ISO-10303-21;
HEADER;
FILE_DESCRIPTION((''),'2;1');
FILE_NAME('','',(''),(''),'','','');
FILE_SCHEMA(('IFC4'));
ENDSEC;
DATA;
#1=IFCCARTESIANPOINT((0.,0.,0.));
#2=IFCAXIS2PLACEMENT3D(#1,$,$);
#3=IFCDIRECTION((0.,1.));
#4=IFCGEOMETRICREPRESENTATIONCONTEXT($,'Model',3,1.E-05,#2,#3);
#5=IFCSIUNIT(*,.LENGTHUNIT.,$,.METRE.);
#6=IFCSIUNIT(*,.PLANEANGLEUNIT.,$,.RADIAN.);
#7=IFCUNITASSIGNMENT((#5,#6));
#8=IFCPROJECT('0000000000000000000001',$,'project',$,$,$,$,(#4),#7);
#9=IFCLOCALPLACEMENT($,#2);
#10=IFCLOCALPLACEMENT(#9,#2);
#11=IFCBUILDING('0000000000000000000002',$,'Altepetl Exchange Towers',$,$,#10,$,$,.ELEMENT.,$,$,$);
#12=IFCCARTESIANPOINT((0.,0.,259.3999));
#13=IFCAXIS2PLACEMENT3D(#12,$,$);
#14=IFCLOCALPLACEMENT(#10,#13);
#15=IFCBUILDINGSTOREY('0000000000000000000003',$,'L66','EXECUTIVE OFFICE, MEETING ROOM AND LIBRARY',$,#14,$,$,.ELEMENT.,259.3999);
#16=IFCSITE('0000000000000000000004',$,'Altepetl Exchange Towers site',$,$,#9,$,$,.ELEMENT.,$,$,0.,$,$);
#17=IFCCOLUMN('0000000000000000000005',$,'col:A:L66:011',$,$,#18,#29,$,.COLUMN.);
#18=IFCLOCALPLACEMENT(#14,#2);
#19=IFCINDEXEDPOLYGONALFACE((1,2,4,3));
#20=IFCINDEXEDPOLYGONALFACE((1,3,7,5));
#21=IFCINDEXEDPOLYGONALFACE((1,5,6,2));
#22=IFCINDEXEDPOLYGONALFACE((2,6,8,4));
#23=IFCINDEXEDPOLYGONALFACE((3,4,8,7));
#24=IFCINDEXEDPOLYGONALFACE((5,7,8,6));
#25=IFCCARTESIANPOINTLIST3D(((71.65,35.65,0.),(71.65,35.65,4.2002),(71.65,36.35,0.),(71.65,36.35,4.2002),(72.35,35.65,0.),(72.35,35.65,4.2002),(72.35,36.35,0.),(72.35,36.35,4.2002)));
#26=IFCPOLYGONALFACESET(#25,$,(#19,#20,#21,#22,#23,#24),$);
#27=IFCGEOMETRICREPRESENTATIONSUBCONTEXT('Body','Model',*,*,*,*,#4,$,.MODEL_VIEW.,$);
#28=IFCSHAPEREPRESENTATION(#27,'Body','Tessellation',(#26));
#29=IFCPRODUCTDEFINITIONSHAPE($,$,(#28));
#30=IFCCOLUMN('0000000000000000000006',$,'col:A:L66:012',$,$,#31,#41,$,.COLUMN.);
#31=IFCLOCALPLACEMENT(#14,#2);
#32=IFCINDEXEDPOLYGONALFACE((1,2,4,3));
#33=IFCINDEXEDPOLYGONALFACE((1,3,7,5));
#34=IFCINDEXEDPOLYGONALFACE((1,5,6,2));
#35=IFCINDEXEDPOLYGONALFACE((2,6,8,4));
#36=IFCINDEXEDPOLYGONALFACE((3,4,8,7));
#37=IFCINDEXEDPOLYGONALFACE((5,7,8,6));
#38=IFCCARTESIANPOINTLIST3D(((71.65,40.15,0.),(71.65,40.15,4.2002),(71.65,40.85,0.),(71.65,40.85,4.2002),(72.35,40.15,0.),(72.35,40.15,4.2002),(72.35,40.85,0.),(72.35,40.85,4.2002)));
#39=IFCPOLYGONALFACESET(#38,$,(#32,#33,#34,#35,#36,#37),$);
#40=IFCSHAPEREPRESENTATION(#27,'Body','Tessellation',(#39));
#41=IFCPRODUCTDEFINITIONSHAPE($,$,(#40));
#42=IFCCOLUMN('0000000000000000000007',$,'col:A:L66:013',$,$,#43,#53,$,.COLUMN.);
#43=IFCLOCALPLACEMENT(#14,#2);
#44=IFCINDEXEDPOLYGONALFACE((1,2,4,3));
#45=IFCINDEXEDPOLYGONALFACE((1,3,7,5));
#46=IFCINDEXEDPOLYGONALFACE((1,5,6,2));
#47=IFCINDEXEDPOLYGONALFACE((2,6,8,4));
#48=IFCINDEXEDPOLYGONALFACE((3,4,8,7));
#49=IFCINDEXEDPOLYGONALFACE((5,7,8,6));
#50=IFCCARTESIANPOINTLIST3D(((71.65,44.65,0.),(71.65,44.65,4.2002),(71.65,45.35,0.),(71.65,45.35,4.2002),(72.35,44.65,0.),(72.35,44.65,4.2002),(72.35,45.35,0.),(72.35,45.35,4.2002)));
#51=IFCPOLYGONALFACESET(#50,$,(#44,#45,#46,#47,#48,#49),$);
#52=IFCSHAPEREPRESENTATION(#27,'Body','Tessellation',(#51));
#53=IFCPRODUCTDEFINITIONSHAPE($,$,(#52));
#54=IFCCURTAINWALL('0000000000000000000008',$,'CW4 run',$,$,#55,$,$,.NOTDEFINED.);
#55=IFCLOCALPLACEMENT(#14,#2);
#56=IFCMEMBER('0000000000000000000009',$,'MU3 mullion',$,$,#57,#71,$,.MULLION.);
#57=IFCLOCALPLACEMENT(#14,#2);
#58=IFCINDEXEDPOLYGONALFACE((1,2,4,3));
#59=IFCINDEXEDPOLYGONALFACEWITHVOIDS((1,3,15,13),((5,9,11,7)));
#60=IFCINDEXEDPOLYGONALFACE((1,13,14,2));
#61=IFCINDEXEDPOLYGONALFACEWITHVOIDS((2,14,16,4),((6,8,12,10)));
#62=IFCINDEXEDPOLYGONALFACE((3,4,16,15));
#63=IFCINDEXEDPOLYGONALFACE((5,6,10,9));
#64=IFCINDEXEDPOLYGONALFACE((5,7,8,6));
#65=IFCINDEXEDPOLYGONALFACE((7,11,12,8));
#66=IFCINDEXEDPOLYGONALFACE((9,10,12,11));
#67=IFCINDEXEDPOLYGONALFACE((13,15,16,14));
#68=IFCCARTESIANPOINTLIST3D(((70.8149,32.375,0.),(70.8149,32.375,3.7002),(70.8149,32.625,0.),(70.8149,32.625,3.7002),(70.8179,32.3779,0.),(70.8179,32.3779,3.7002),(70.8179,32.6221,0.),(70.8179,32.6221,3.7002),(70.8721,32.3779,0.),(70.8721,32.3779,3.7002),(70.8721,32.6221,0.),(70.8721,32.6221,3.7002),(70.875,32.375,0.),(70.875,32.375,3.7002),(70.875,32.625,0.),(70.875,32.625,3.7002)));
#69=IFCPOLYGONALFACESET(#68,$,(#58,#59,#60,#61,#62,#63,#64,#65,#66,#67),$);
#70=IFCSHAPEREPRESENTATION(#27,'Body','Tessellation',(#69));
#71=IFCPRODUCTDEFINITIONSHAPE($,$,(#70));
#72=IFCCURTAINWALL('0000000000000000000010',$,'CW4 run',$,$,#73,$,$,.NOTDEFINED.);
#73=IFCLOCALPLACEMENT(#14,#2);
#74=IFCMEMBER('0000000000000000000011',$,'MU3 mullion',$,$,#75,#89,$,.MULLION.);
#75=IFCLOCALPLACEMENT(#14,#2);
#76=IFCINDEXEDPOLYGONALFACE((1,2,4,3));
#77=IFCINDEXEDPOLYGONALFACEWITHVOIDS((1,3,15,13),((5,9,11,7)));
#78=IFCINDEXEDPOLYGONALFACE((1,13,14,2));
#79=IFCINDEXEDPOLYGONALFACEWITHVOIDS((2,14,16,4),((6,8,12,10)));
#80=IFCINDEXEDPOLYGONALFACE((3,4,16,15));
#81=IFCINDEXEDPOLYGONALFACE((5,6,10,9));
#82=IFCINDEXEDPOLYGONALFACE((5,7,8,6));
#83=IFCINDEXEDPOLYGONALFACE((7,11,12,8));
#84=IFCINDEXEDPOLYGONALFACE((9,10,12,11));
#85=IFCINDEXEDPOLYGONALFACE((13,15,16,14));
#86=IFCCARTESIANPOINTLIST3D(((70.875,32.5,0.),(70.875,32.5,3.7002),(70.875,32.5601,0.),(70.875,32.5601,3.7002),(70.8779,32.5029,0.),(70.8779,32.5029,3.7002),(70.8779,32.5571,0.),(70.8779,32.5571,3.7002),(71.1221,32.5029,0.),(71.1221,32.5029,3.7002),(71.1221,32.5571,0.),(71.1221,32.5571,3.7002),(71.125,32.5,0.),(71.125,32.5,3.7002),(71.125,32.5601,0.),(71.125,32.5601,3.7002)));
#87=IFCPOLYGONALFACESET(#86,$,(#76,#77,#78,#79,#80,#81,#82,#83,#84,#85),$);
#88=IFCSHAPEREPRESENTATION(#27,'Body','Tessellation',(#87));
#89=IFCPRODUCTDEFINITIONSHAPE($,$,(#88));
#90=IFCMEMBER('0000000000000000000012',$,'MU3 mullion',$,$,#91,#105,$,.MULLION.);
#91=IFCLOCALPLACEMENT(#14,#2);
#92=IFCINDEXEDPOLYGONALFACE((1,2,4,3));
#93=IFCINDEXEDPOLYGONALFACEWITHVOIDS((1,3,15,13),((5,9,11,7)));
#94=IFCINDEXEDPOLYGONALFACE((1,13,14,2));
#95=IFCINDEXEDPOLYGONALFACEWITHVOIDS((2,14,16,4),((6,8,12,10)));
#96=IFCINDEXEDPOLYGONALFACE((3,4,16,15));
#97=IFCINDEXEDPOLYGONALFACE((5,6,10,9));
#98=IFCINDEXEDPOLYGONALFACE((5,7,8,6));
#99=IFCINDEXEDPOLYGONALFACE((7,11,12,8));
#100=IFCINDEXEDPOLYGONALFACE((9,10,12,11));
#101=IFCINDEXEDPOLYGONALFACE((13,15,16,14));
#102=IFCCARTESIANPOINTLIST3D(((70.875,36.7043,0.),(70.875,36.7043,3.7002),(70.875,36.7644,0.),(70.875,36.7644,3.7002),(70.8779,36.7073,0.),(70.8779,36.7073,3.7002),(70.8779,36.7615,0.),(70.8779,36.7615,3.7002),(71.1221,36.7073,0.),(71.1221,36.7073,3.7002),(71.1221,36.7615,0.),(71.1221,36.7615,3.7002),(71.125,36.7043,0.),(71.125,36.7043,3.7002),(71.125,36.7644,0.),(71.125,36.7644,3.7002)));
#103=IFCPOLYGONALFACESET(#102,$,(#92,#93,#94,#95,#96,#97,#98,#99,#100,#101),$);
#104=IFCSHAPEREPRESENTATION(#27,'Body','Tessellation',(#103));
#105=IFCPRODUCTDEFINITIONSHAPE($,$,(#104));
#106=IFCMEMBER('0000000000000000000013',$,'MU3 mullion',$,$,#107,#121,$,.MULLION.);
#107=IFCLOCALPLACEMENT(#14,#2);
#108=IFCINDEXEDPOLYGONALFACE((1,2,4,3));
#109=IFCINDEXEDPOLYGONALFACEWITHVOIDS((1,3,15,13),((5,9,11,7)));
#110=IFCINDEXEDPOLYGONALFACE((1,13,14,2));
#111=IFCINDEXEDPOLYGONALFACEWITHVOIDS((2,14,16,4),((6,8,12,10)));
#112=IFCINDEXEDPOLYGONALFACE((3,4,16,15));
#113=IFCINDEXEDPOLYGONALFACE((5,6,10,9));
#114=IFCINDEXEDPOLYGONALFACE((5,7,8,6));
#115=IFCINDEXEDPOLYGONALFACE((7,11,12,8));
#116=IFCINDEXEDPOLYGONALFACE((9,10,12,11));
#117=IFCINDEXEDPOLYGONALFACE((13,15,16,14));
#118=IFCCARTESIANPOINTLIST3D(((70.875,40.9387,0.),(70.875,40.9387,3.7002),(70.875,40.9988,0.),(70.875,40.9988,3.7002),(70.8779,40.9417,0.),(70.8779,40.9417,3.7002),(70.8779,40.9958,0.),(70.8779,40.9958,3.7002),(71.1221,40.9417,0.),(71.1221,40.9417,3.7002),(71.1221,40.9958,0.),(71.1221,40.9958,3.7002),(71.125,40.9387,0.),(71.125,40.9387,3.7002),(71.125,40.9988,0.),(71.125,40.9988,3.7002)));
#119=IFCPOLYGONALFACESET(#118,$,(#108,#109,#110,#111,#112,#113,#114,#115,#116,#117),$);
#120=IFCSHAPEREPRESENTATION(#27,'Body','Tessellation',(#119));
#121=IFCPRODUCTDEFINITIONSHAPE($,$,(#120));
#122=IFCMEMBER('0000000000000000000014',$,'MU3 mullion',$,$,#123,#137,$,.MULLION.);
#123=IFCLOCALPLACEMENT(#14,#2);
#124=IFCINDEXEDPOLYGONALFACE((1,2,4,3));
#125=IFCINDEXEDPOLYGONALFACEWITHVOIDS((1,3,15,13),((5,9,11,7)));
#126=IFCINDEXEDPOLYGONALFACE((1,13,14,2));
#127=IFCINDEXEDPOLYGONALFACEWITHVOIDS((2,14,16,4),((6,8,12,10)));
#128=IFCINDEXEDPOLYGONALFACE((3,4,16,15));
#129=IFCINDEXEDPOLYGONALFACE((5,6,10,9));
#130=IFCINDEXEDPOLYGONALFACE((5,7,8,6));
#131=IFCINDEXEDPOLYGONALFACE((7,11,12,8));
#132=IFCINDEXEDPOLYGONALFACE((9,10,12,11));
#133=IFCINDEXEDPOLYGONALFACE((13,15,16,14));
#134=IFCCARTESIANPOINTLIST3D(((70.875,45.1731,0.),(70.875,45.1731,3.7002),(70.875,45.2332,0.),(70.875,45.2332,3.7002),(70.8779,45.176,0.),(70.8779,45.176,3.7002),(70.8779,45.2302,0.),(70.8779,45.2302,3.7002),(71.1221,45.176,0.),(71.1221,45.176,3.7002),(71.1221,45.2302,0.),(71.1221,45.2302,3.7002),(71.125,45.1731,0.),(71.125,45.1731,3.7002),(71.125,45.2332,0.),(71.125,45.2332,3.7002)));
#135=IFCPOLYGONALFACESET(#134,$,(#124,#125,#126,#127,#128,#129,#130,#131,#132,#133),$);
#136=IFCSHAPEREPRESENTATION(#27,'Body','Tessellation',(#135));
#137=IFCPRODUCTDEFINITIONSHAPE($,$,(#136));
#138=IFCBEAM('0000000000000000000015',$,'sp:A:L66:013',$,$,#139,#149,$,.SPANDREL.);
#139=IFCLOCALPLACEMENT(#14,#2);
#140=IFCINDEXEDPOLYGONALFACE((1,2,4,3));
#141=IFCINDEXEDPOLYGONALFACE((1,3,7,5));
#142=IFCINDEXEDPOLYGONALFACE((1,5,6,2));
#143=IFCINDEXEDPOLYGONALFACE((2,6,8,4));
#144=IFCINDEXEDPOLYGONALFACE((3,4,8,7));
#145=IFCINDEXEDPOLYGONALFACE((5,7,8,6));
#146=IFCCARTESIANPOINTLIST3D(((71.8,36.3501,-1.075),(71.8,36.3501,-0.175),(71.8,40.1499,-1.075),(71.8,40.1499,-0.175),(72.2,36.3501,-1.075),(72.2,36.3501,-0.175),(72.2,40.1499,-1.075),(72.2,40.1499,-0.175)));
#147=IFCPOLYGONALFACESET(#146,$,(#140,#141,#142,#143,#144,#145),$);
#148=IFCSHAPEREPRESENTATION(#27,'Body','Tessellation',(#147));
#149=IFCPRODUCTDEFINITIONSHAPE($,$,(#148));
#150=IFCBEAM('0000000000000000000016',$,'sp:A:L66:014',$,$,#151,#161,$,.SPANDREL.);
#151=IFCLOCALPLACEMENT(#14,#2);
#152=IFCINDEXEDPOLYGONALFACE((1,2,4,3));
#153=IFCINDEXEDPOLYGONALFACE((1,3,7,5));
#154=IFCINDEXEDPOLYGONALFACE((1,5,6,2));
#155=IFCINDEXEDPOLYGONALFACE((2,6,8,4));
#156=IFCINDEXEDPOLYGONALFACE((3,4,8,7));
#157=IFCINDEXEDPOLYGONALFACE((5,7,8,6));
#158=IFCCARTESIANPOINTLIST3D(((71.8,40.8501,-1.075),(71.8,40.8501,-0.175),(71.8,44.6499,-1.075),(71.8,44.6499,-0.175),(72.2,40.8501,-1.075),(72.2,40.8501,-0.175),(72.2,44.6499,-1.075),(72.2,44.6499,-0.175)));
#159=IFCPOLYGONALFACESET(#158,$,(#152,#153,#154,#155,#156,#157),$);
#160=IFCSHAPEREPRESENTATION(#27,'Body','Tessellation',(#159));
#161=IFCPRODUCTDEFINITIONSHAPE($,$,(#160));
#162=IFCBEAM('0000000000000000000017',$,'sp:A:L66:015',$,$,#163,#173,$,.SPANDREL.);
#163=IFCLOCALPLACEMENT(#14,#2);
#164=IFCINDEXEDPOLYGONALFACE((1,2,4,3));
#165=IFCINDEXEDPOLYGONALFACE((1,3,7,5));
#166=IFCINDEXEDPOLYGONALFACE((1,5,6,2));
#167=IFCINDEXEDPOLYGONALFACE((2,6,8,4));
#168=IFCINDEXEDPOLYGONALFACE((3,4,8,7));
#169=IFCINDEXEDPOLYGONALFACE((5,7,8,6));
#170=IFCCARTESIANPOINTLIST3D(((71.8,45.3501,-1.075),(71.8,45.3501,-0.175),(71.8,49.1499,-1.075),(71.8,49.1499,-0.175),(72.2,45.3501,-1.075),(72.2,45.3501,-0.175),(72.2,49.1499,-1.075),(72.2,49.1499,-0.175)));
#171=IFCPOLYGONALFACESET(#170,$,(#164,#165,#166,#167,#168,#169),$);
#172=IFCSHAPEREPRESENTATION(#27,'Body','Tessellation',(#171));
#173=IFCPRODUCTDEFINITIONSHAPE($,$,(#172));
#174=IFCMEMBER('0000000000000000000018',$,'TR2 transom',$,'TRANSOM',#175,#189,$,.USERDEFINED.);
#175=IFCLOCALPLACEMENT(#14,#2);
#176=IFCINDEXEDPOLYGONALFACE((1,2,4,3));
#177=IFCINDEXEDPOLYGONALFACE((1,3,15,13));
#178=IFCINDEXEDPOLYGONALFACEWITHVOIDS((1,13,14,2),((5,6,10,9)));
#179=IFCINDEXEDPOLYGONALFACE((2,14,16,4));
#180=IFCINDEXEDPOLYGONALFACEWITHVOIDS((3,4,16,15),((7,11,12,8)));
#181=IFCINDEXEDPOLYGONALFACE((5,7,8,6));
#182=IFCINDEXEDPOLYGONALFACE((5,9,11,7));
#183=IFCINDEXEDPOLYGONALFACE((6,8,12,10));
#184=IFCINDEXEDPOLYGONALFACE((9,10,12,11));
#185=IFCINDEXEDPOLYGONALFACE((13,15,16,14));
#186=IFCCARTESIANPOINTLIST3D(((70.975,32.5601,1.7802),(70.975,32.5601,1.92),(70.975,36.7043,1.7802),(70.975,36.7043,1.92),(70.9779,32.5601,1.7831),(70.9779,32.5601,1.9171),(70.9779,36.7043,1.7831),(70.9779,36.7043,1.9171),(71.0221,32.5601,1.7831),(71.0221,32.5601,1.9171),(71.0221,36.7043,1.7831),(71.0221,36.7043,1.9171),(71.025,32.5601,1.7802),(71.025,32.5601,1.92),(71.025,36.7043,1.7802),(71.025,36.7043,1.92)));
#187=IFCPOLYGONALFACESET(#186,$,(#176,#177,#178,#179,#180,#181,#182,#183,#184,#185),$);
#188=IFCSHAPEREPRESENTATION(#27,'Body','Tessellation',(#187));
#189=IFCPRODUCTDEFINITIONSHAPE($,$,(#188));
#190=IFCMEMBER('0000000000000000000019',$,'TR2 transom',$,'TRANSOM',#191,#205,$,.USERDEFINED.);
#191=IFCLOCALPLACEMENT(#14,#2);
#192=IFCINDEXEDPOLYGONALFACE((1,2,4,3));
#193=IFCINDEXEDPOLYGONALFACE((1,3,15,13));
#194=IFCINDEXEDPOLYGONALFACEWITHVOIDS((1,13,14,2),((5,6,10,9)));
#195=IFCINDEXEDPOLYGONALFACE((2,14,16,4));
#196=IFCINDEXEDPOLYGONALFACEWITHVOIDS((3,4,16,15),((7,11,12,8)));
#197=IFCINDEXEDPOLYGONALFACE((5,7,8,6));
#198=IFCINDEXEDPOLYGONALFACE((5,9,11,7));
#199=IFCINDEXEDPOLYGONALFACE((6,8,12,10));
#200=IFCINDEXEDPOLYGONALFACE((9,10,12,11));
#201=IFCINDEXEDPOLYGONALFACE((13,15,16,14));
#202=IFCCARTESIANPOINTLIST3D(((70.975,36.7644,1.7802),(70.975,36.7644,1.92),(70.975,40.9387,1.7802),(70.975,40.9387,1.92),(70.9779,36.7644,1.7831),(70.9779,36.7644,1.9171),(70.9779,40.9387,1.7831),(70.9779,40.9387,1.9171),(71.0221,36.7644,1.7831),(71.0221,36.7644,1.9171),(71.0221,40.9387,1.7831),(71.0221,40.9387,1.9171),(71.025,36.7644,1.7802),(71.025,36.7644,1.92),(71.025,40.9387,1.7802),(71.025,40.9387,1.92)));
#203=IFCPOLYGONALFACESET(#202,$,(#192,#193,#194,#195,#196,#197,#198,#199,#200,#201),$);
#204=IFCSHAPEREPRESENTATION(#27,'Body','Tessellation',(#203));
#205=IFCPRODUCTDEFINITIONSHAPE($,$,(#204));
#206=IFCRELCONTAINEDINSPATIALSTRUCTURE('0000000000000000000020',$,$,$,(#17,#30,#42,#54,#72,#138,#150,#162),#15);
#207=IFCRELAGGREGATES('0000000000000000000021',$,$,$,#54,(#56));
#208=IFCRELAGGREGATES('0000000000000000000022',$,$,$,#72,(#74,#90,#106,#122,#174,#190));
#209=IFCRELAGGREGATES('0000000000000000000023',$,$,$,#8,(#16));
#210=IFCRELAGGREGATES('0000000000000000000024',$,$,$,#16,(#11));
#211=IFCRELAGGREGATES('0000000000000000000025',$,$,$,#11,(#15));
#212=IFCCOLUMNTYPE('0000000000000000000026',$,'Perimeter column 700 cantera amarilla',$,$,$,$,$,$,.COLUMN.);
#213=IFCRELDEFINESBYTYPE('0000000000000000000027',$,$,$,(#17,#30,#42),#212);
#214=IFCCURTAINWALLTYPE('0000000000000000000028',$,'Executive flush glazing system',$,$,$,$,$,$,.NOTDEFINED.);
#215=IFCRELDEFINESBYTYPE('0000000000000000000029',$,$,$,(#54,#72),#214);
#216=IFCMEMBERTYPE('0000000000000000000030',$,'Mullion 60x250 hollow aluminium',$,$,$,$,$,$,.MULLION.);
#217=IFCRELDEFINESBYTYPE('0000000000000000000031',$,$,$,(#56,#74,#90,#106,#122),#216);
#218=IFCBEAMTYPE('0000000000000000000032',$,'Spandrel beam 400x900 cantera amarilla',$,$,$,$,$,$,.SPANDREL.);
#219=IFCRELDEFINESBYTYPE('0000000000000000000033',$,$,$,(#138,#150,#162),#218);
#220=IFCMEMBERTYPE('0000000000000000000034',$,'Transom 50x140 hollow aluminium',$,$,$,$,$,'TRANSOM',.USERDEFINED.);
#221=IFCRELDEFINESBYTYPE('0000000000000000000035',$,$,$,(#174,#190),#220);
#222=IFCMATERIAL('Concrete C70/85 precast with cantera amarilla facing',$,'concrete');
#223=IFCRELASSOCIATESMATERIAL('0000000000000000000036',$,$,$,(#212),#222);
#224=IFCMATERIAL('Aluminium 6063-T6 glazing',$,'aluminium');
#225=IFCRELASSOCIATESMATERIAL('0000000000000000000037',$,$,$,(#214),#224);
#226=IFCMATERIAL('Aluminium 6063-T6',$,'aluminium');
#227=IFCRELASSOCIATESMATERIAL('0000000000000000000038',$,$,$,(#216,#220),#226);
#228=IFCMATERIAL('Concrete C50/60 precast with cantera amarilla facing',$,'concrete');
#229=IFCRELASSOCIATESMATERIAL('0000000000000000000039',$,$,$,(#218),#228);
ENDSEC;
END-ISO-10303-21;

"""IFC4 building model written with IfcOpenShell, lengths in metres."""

from ifc_helpers import new_model, si_unit, direction, frame, origin, origin_2d, place, context, subcontext, project, spatial, rectangle, hollow_rectangle, extrude, material, material_profile, profile_set, type_object, element, aggregate, save


model = new_model("IFC4")

# Units and contexts
model_context = context("Model", 3, precision=1e-05, world=origin(), true_north=direction((0.0, 1.0)))
body_context = subcontext(model_context, "Body", "Model", "MODEL_VIEW")
ifc_project = project(units=[si_unit("LENGTHUNIT", "METRE"), si_unit("PLANEANGLEUNIT", "RADIAN")], contexts=[model_context])

# Site, building, storey
site_placement = place(None, origin())
site = spatial("IfcSite", under=ifc_project, at=site_placement, Name="Altepetl Exchange Towers site", CompositionType="ELEMENT", RefElevation=0.0)
building_placement = place(site_placement, origin())
building = spatial("IfcBuilding", under=site, at=building_placement, Name="Altepetl Exchange Towers", CompositionType="ELEMENT")
storey_placement = place(building_placement, frame((0.0, 0.0, 259.3999)))
storey = spatial("IfcBuildingStorey", under=building, at=storey_placement, Name="L66", Description="EXECUTIVE OFFICE, MEETING ROOM AND LIBRARY", CompositionType="ELEMENT", Elevation=259.3999)

# Columns
ifc_material_1 = material(Name="Concrete C70/85 precast with cantera amarilla facing", Category="concrete")
ifc_material_profile_1 = material_profile(ifc_material_1, rectangle(XDim=0.7, YDim=0.7, at=origin_2d()), Name="700 x 700")
ifc_profile_set_1 = profile_set([ifc_material_profile_1], Name="Concrete C70/85 precast with cantera amarilla facing")
column_type = type_object("IfcColumnType", Name="Perimeter column 700 cantera amarilla", PredefinedType="COLUMN", material=ifc_profile_set_1)
for number, where, name in (
    (1, (72.0, 36.0, 0.0), "col:A:L66:011"),
    (2, (72.0, 40.5, 0.0), "col:A:L66:012"),
    (3, (72.0, 45.0, 0.0), "col:A:L66:013"),
):
    element("IfcColumn", number, at=place(storey_placement, frame(where)), inside=storey, type_object=column_type, Name=name, PredefinedType="COLUMN", context=body_context, shape_type="SweptSolid", body=[
        extrude(rectangle(XDim=0.7, YDim=0.7, at=origin_2d()), origin(), (0.0, 0.0, 1.0), 4.2002),
    ])

# Curtain wall, member
ifc_material_2 = material(Name="Aluminium 6063-T6 glazing", Category="aluminium")
curtain_wall_type = type_object("IfcCurtainWallType", Name="Executive flush glazing system", PredefinedType="NOTDEFINED", material=ifc_material_2)
curtain_wall_1_placement = place(storey_placement, origin())
curtain_wall_1 = element("IfcCurtainWall", 4, at=curtain_wall_1_placement, inside=storey, type_object=curtain_wall_type, Name="CW4 run", PredefinedType="NOTDEFINED")
ifc_material_3 = material(Name="Aluminium 6063-T6", Category="aluminium")
ifc_material_profile_2 = material_profile(ifc_material_3, hollow_rectangle(XDim=0.0601, YDim=0.25, WallThickness=0.0029, at=origin_2d()), Name="Mullion 60x250 hollow aluminium")
ifc_profile_set_2 = profile_set([ifc_material_profile_2], Name="Aluminium 6063-T6")
member_type_1 = type_object("IfcMemberType", Name="Mullion 60x250 hollow aluminium", PredefinedType="MULLION", material=ifc_profile_set_2)
member_1_placement = place(storey_placement, frame((70.845, 32.5, 0.0)))
member_1 = element("IfcMember", 5, at=member_1_placement, type_object=member_type_1, Name="MU3 mullion", PredefinedType="MULLION", context=body_context, shape_type="SweptSolid", body=[
    extrude(hollow_rectangle(XDim=0.0601, YDim=0.25, WallThickness=0.0029, at=origin_2d()), origin(), (0.0, 0.0, 1.0), 3.7002),
])

# Curtain wall, members
curtain_wall_2_placement = place(storey_placement, origin())
curtain_wall_2 = element("IfcCurtainWall", 6, at=curtain_wall_2_placement, inside=storey, type_object=curtain_wall_type, Name="CW4 run", PredefinedType="NOTDEFINED")
member_2_placement = place(storey_placement, frame((71.0, 32.53, 0.0), z_axis=(0.0, 0.0, 1.0), x_axis=(0.0, 1.0, 0.0)))
member_2 = element("IfcMember", 7, at=member_2_placement, type_object=member_type_1, Name="MU3 mullion", PredefinedType="MULLION", context=body_context, shape_type="SweptSolid", body=[
    extrude(hollow_rectangle(XDim=0.0601, YDim=0.25, WallThickness=0.0029, at=origin_2d()), origin(), (0.0, 0.0, 1.0), 3.7002),
])
member_3_placement = place(storey_placement, frame((71.0, 36.7344, 0.0), z_axis=(0.0, 0.0, 1.0), x_axis=(0.0, 1.0, 0.0)))
member_3 = element("IfcMember", 8, at=member_3_placement, type_object=member_type_1, Name="MU3 mullion", PredefinedType="MULLION", context=body_context, shape_type="SweptSolid", body=[
    extrude(hollow_rectangle(XDim=0.0601, YDim=0.25, WallThickness=0.0029, at=origin_2d()), origin(), (0.0, 0.0, 1.0), 3.7002),
])
member_4_placement = place(storey_placement, frame((71.0, 40.9688, 0.0), z_axis=(0.0, 0.0, 1.0), x_axis=(0.0, 1.0, 0.0)))
member_4 = element("IfcMember", 9, at=member_4_placement, type_object=member_type_1, Name="MU3 mullion", PredefinedType="MULLION", context=body_context, shape_type="SweptSolid", body=[
    extrude(hollow_rectangle(XDim=0.0601, YDim=0.25, WallThickness=0.0029, at=origin_2d()), origin(), (0.0, 0.0, 1.0), 3.7002),
])
member_5_placement = place(storey_placement, frame((71.0, 45.2031, 0.0), z_axis=(0.0, 0.0, 1.0), x_axis=(0.0, 1.0, 0.0)))
member_5 = element("IfcMember", 10, at=member_5_placement, type_object=member_type_1, Name="MU3 mullion", PredefinedType="MULLION", context=body_context, shape_type="SweptSolid", body=[
    extrude(hollow_rectangle(XDim=0.0601, YDim=0.25, WallThickness=0.0029, at=origin_2d()), origin(), (0.0, 0.0, 1.0), 3.7002),
])

# Beams
ifc_material_4 = material(Name="Concrete C50/60 precast with cantera amarilla facing", Category="concrete")
ifc_material_profile_3 = material_profile(ifc_material_4, rectangle(XDim=0.3999, YDim=0.8999, at=origin_2d()), Name="400 x 900")
ifc_profile_set_3 = profile_set([ifc_material_profile_3], Name="Concrete C50/60 precast with cantera amarilla facing")
beam_type = type_object("IfcBeamType", Name="Spandrel beam 400x900 cantera amarilla", PredefinedType="SPANDREL", material=ifc_profile_set_3)
for number, where, z_axis, x_axis, name in (
    (11, (72.0, 36.3501, -0.625), (0.0, 1.0, 0.0), (-1.0, 0.0, 0.0), "sp:A:L66:013"),
    (12, (72.0, 40.8501, -0.625), (0.0, 1.0, 0.0), (-1.0, 0.0, 0.0), "sp:A:L66:014"),
    (13, (72.0, 45.3501, -0.625), (0.0, 1.0, 0.0), (-1.0, 0.0, 0.0), "sp:A:L66:015"),
):
    element("IfcBeam", number, at=place(storey_placement, frame(where, z_axis=z_axis, x_axis=x_axis)), inside=storey, type_object=beam_type, Name=name, PredefinedType="SPANDREL", context=body_context, shape_type="SweptSolid", body=[
        extrude(rectangle(XDim=0.3999, YDim=0.8999, at=origin_2d()), origin(), (0.0, 0.0, 1.0), 3.7998),
    ])

# Members
ifc_material_profile_4 = material_profile(ifc_material_3, hollow_rectangle(XDim=0.05, YDim=0.1399, WallThickness=0.0029, at=origin_2d()), Name="Transom 50x140 hollow aluminium")
ifc_profile_set_4 = profile_set([ifc_material_profile_4], Name="Aluminium 6063-T6")
member_type_2 = type_object("IfcMemberType", Name="Transom 50x140 hollow aluminium", ElementType="TRANSOM", PredefinedType="USERDEFINED", material=ifc_profile_set_4)
member_6_placement = place(storey_placement, frame((71.0, 32.5601, 1.8501), z_axis=(0.0, 1.0, 0.0), x_axis=(-1.0, 0.0, 0.0)))
member_6 = element("IfcMember", 14, at=member_6_placement, type_object=member_type_2, Name="TR2 transom", ObjectType="TRANSOM", PredefinedType="USERDEFINED", context=body_context, shape_type="SweptSolid", body=[
    extrude(hollow_rectangle(XDim=0.05, YDim=0.1399, WallThickness=0.0029, at=origin_2d()), origin(), (0.0, 0.0, 1.0), 4.1443),
])
member_7_placement = place(storey_placement, frame((71.0, 36.7644, 1.8501), z_axis=(0.0, 1.0, 0.0), x_axis=(-1.0, 0.0, 0.0)))
member_7 = element("IfcMember", 15, at=member_7_placement, type_object=member_type_2, Name="TR2 transom", ObjectType="TRANSOM", PredefinedType="USERDEFINED", context=body_context, shape_type="SweptSolid", body=[
    extrude(hollow_rectangle(XDim=0.05, YDim=0.1399, WallThickness=0.0029, at=origin_2d()), origin(), (0.0, 0.0, 1.0), 4.1743),
])

aggregate(curtain_wall_1, [member_1])
aggregate(curtain_wall_2, [member_2, member_3, member_4, member_5, member_6, member_7])

save(model, "model.ifc")
